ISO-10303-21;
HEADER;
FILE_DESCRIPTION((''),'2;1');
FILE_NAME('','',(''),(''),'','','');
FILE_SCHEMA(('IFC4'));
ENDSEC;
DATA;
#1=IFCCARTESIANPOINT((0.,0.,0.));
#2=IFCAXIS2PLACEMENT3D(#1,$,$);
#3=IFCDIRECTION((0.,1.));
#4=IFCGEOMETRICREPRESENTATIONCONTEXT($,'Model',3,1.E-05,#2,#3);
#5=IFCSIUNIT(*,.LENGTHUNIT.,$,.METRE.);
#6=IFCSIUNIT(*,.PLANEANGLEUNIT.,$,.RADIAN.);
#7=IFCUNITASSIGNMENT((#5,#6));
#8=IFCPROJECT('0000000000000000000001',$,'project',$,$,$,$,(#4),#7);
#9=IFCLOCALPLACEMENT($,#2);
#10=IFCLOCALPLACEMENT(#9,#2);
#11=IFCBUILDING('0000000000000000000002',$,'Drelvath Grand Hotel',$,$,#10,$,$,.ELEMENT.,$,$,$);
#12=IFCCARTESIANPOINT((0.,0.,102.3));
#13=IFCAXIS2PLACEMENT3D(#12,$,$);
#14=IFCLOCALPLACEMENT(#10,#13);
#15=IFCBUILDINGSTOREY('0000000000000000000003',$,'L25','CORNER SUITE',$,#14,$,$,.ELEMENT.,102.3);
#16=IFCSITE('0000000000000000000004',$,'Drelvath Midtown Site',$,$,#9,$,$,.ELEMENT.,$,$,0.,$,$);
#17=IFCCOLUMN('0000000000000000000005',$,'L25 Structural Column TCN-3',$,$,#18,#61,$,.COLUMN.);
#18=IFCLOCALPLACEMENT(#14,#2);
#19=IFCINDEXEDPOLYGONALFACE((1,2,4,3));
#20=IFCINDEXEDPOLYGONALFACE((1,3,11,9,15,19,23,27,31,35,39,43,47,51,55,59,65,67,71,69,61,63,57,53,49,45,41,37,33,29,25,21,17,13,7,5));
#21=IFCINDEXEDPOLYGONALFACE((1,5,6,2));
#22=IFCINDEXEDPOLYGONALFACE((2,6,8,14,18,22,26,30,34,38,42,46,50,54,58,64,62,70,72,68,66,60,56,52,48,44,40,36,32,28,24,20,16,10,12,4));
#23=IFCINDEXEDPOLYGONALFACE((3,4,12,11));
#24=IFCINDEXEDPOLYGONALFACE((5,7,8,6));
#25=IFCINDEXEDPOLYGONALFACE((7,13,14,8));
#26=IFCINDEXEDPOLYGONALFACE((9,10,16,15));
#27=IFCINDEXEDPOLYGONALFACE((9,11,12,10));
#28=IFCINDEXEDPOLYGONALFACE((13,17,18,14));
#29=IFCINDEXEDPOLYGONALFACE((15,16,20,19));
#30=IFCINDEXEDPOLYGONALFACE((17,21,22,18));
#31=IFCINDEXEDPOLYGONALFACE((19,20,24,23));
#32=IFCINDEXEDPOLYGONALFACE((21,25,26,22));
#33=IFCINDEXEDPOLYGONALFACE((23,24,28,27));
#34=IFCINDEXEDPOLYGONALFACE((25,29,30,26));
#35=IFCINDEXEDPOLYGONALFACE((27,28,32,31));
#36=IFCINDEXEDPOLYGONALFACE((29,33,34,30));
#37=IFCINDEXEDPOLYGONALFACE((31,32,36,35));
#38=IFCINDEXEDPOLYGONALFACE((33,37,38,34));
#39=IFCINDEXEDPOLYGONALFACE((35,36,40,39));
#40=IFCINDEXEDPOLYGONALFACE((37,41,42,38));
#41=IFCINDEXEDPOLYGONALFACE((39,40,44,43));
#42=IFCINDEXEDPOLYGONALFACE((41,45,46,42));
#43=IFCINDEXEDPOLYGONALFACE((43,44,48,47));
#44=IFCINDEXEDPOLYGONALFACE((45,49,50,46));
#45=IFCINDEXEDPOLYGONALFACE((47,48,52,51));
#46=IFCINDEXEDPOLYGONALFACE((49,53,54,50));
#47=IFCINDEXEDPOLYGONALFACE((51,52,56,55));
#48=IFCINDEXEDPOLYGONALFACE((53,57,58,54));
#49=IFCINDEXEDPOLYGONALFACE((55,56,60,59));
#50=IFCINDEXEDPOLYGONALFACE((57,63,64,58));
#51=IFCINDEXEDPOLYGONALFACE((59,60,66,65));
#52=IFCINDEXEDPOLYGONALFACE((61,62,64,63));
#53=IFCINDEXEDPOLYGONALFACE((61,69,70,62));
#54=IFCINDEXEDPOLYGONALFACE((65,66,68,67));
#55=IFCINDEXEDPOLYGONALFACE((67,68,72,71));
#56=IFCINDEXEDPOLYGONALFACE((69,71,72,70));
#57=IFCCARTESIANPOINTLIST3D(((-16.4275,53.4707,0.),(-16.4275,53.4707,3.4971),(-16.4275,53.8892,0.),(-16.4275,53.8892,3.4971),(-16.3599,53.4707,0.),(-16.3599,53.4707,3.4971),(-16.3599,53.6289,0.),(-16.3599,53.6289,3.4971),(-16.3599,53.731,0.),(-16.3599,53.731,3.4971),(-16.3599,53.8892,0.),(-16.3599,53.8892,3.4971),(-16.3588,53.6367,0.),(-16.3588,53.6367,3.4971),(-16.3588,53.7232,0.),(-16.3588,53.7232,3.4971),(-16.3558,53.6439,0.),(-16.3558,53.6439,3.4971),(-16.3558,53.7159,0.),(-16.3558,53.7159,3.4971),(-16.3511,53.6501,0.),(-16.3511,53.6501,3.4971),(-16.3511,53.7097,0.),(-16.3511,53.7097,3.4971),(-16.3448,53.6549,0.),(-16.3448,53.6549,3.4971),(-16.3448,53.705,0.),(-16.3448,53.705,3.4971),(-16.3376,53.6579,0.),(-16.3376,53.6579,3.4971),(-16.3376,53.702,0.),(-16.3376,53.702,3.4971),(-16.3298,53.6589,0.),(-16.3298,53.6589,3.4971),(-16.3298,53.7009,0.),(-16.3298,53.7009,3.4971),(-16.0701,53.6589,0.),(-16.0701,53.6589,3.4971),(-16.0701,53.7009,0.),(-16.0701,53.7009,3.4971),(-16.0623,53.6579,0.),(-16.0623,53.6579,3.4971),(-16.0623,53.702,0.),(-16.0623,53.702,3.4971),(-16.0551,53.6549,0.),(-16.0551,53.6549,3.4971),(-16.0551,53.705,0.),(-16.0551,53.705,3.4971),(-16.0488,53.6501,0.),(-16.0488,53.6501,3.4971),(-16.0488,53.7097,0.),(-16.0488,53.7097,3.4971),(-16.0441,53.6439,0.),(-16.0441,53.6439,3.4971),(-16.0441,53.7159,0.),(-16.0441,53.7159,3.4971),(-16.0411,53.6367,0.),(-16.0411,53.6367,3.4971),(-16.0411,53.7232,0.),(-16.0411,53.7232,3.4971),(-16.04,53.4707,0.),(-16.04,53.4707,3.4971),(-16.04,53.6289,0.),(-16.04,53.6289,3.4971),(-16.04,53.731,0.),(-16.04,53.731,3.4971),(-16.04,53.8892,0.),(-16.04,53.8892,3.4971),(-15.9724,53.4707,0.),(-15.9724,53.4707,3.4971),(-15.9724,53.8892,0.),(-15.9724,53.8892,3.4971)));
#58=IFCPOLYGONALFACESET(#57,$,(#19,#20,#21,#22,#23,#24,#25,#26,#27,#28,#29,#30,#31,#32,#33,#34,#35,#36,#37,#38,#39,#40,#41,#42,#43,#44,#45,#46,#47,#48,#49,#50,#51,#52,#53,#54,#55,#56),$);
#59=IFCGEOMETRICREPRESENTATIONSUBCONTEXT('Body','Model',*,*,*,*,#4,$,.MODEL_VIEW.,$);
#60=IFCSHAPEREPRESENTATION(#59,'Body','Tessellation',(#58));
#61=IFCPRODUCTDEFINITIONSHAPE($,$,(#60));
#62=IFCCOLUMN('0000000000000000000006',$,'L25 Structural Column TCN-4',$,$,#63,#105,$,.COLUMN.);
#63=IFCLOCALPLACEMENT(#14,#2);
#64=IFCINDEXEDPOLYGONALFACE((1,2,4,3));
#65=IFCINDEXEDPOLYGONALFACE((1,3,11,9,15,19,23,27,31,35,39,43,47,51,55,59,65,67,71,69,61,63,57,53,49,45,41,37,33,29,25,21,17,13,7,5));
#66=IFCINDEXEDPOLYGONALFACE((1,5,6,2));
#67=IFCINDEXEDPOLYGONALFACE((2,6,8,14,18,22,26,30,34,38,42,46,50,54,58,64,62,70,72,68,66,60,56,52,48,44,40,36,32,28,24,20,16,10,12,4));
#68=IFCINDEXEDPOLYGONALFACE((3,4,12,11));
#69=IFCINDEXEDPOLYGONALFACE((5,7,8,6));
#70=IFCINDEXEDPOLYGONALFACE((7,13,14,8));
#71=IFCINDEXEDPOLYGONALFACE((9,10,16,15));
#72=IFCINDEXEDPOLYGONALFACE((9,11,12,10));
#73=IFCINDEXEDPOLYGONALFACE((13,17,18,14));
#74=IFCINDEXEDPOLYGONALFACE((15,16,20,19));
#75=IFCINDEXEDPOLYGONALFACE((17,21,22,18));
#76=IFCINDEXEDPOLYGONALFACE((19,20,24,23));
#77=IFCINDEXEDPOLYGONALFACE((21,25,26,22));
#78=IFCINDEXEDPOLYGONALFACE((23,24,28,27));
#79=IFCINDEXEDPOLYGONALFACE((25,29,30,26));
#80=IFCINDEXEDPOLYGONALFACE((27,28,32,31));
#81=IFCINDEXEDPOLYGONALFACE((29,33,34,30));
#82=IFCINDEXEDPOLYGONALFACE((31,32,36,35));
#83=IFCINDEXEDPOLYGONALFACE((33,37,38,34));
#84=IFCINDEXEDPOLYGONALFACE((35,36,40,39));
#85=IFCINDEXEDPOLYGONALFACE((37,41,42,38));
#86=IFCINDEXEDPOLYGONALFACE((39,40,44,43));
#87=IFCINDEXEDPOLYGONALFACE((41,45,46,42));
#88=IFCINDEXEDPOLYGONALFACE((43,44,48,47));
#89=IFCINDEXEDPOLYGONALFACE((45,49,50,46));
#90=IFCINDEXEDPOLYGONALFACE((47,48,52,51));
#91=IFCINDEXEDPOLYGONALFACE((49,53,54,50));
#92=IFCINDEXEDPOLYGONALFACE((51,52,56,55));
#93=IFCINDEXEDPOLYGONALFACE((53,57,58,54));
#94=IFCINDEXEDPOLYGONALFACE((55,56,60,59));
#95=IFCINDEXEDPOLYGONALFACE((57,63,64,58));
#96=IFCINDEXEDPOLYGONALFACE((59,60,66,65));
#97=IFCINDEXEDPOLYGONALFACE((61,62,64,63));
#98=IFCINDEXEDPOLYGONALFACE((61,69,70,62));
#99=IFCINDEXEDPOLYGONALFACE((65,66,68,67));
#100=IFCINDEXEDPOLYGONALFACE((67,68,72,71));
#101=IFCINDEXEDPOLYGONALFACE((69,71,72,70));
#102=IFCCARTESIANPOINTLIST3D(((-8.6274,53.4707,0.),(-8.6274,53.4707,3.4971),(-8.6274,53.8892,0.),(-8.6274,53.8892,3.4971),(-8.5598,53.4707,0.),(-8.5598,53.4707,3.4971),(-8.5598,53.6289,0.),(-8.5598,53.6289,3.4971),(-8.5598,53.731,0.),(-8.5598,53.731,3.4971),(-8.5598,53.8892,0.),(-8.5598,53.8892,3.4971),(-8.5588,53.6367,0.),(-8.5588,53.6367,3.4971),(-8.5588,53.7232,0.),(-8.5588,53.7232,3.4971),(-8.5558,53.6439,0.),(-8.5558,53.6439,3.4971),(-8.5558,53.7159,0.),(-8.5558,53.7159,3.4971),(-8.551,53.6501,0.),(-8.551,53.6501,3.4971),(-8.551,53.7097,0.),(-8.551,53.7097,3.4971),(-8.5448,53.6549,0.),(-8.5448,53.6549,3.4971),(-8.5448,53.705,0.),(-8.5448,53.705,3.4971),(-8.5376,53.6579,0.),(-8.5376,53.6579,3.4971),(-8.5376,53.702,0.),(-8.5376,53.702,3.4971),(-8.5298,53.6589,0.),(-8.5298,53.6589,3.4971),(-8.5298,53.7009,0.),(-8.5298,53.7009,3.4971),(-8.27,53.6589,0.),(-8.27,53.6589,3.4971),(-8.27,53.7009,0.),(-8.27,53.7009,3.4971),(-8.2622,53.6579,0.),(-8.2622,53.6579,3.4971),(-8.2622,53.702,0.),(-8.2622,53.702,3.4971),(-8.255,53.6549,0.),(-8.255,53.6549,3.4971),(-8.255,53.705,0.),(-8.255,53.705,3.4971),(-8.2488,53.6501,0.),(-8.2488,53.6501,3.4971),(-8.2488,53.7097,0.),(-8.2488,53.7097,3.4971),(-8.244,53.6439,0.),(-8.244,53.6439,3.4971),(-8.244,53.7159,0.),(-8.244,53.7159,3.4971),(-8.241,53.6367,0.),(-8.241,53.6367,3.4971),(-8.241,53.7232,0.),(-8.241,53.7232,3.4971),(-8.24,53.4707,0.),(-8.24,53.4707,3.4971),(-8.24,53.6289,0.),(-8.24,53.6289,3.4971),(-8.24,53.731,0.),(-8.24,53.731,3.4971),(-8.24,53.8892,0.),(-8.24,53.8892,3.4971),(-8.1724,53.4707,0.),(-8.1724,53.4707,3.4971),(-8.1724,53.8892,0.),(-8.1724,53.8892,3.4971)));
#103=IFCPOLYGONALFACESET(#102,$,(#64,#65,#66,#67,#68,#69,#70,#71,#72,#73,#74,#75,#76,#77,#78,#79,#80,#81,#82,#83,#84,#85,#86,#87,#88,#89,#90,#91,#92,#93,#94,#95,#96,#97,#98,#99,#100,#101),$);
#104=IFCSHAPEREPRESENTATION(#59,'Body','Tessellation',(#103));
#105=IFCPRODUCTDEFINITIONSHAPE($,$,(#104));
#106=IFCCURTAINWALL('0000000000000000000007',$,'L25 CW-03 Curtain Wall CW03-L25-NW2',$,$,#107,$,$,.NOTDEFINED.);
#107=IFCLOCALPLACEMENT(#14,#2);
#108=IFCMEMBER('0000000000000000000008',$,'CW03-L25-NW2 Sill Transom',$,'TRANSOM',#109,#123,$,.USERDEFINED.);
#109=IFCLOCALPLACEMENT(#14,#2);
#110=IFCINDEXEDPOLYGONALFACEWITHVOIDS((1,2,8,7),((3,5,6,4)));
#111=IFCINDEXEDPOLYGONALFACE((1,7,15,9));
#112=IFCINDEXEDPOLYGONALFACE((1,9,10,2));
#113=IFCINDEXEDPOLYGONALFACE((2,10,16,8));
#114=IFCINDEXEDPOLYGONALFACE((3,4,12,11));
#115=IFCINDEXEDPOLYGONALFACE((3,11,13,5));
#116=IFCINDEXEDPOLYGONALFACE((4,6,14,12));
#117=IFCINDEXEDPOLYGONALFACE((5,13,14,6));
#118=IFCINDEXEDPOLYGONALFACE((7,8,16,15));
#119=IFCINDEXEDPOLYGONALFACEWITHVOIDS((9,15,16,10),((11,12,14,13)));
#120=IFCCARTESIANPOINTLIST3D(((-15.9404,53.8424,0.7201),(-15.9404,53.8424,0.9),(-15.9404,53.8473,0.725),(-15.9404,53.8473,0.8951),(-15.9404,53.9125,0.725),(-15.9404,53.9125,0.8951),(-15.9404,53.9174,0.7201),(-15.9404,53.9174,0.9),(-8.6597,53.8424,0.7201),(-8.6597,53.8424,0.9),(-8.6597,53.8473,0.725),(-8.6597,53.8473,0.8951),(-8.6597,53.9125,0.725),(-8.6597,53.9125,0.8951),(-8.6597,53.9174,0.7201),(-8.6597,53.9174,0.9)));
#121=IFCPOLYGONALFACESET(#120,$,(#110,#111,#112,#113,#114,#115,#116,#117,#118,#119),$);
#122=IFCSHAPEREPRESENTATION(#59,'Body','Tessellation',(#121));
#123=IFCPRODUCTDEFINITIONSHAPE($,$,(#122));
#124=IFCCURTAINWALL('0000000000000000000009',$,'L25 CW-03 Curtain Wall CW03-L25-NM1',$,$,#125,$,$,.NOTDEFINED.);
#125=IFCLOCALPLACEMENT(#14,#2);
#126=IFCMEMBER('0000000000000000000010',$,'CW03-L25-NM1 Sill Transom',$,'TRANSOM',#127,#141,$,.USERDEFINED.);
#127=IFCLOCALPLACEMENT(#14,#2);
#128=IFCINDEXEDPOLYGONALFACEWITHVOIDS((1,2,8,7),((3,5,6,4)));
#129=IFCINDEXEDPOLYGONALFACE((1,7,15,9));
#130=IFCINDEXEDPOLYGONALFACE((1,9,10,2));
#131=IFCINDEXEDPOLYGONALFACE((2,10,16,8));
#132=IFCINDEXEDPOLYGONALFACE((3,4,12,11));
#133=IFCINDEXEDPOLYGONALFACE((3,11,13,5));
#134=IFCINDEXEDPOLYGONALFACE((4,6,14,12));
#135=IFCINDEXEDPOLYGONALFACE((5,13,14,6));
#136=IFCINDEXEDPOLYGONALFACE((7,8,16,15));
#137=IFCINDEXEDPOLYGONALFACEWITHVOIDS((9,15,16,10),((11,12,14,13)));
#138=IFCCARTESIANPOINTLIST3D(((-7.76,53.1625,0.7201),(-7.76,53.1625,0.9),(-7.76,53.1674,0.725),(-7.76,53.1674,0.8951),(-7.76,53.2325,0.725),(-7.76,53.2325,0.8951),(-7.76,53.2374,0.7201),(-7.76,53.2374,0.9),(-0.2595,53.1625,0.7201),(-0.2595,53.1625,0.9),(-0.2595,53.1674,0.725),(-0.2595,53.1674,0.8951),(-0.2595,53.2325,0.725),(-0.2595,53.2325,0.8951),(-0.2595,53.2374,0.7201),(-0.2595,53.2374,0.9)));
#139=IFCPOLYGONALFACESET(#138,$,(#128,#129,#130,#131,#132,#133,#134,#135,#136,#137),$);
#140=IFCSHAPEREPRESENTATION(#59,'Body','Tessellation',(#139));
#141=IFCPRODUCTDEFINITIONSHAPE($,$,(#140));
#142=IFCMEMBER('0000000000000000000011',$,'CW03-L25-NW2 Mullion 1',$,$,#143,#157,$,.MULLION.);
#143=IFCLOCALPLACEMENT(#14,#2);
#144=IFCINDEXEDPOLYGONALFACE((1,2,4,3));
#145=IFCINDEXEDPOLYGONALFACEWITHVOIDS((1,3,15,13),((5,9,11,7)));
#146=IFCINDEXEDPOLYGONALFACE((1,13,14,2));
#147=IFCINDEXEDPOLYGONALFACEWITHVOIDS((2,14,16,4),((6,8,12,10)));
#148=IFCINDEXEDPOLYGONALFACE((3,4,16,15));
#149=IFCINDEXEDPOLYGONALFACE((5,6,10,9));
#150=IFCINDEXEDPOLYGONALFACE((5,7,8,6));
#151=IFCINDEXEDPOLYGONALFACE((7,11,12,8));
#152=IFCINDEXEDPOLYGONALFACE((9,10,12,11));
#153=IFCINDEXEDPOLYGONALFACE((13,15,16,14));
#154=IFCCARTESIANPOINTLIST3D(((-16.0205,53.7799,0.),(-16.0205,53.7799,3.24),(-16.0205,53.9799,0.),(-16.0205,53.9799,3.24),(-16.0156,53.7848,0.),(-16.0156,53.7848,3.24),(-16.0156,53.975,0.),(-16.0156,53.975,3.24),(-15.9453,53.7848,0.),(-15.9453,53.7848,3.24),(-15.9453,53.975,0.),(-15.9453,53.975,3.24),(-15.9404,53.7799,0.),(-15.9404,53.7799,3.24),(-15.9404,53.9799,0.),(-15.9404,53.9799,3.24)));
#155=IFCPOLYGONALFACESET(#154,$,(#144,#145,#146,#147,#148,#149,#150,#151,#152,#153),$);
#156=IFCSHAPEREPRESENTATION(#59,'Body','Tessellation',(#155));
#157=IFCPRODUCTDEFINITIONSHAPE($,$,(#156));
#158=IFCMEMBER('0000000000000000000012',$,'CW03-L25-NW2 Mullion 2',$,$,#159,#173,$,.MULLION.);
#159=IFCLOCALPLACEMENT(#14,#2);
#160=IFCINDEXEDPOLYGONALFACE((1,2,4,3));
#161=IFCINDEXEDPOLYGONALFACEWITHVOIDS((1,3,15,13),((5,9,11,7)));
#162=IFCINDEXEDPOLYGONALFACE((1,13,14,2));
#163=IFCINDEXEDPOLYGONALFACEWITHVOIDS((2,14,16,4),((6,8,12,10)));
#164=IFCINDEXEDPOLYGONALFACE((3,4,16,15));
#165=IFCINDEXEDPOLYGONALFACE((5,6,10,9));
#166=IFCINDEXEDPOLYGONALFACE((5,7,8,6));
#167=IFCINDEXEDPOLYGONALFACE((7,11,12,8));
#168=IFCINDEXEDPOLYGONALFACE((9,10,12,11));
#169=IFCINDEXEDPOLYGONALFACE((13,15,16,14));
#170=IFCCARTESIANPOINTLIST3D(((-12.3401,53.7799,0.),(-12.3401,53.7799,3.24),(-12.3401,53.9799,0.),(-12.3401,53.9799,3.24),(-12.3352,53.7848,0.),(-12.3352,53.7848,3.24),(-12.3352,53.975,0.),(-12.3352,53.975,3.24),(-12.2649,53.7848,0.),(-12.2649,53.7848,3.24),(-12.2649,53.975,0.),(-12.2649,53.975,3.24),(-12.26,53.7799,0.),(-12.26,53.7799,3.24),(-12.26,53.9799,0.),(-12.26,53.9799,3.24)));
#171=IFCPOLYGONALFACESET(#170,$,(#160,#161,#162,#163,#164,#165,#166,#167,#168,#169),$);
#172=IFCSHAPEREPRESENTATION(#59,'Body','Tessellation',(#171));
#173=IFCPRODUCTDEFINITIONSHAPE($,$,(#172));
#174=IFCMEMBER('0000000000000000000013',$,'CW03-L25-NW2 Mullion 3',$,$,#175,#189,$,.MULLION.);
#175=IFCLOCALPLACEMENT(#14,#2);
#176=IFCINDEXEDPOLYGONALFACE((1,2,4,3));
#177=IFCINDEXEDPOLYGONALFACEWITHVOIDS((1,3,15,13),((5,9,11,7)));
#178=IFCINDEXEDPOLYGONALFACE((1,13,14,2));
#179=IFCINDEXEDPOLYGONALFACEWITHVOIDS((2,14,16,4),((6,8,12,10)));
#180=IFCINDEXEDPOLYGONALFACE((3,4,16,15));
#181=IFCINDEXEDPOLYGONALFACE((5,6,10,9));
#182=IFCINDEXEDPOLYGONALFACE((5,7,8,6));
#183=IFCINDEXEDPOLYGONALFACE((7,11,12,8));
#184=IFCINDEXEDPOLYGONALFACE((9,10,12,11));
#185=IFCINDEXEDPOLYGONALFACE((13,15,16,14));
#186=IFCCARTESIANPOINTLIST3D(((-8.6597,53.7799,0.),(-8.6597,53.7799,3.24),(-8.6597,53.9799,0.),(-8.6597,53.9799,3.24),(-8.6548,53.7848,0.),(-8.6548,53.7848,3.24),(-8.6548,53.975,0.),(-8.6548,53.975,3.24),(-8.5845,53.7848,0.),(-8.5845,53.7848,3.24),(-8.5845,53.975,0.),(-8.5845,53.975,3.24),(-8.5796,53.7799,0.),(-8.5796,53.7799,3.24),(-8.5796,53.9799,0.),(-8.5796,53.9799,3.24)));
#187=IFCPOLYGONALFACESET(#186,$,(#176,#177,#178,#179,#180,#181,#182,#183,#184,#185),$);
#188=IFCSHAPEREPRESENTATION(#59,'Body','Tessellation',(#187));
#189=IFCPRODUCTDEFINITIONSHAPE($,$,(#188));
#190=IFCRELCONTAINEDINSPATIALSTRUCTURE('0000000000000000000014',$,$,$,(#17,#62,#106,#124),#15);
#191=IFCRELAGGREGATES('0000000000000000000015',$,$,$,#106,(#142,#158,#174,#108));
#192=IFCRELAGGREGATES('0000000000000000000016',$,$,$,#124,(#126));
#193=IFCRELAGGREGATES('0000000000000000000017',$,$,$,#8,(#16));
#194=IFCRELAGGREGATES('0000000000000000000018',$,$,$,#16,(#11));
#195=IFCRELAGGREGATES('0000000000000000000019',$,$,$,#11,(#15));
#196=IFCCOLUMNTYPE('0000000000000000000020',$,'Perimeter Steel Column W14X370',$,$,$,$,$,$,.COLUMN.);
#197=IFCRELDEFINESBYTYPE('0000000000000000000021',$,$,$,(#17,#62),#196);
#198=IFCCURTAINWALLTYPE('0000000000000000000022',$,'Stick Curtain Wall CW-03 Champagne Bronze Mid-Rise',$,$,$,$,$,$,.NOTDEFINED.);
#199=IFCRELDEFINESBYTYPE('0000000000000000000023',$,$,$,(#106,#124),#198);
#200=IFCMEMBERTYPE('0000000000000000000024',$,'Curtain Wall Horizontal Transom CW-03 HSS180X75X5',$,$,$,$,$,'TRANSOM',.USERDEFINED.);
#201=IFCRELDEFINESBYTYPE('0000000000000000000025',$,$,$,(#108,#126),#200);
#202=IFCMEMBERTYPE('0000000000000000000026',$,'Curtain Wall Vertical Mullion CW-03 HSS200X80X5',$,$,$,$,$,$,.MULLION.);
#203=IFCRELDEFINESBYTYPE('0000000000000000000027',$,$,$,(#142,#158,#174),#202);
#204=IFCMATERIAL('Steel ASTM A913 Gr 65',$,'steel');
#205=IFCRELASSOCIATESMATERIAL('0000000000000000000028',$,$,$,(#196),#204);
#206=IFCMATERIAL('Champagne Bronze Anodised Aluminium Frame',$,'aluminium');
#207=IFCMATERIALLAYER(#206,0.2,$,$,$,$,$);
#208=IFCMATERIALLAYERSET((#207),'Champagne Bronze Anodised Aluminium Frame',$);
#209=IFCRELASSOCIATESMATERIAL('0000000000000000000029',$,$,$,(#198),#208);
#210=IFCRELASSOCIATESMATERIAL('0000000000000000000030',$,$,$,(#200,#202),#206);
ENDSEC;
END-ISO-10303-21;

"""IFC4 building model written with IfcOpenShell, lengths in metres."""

from ifc_helpers import new_model, si_unit, direction, frame, origin, origin_2d, place, context, subcontext, project, spatial, hollow_rectangle, i_section, extrude, material, layer, layer_set, material_profile, profile_set, type_object, element, aggregate, save


model = new_model("IFC4")

# Units and contexts
model_context = context("Model", 3, precision=1e-05, world=origin(), true_north=direction((0.0, 1.0)))
body_context = subcontext(model_context, "Body", "Model", "MODEL_VIEW")
ifc_project = project(units=[si_unit("LENGTHUNIT", "METRE"), si_unit("PLANEANGLEUNIT", "RADIAN")], contexts=[model_context])

# Site, building, storey
site_placement = place(None, origin())
site = spatial("IfcSite", under=ifc_project, at=site_placement, Name="Drelvath Midtown Site", CompositionType="ELEMENT", RefElevation=0.0)
building_placement = place(site_placement, origin())
building = spatial("IfcBuilding", under=site, at=building_placement, Name="Drelvath Grand Hotel", CompositionType="ELEMENT")
storey_placement = place(building_placement, frame((0.0, 0.0, 102.3)))
storey = spatial("IfcBuildingStorey", under=building, at=storey_placement, Name="L25", Description="CORNER SUITE", CompositionType="ELEMENT", Elevation=102.3)

# Columns
ifc_material_1 = material(Name="Steel ASTM A913 Gr 65", Category="steel")
ifc_material_profile_1 = material_profile(ifc_material_1, i_section(OverallWidth=0.4185, OverallDepth=0.4551, WebThickness=0.042, FlangeThickness=0.0676, FilletRadius=0.03, at=origin_2d()), Name="W14X370")
ifc_profile_set_1 = profile_set([ifc_material_profile_1], Name="Steel ASTM A913 Gr 65")
column_type = type_object("IfcColumnType", Name="Perimeter Steel Column W14X370", PredefinedType="COLUMN", material=ifc_profile_set_1)
for number, where, z_axis, x_axis, name in (
    (1, (-16.2, 53.6799, 0.0), (0.0, 0.0, 1.0), (0.0, 1.0, 0.0), "L25 Structural Column TCN-3"),
    (2, (-8.3999, 53.6799, 0.0), (0.0, 0.0, 1.0), (0.0, 1.0, 0.0), "L25 Structural Column TCN-4"),
):
    element("IfcColumn", number, at=place(storey_placement, frame(where, z_axis=z_axis, x_axis=x_axis)), inside=storey, type_object=column_type, Name=name, PredefinedType="COLUMN", context=body_context, shape_type="SweptSolid", body=[
        extrude(i_section(OverallWidth=0.4185, OverallDepth=0.4551, WebThickness=0.042, FlangeThickness=0.0676, FilletRadius=0.03, at=origin_2d()), origin(), (0.0, 0.0, 1.0), 3.4971),
    ])

# Curtain walls, members
ifc_material_2 = material(Name="Champagne Bronze Anodised Aluminium Frame", Category="aluminium")
ifc_layer_1 = layer(ifc_material_2, 0.2)
ifc_layer_set_1 = layer_set([ifc_layer_1], Name="Champagne Bronze Anodised Aluminium Frame")
curtain_wall_type = type_object("IfcCurtainWallType", Name="Stick Curtain Wall CW-03 Champagne Bronze Mid-Rise", PredefinedType="NOTDEFINED", material=ifc_layer_set_1)
curtain_wall_1_placement = place(storey_placement, origin())
curtain_wall_1 = element("IfcCurtainWall", 3, at=curtain_wall_1_placement, inside=storey, type_object=curtain_wall_type, Name="L25 CW-03 Curtain Wall CW03-L25-NW2", PredefinedType="NOTDEFINED")
ifc_material_profile_2 = material_profile(ifc_material_2, hollow_rectangle(XDim=0.075, YDim=0.1799, WallThickness=0.0049, at=origin_2d()), Name="HSS180X75X5")
ifc_profile_set_2 = profile_set([ifc_material_profile_2], Name="Champagne Bronze Anodised Aluminium Frame")
member_type_1 = type_object("IfcMemberType", Name="Curtain Wall Horizontal Transom CW-03 HSS180X75X5", ElementType="TRANSOM", PredefinedType="USERDEFINED", material=ifc_profile_set_2)
member_1_placement = place(storey_placement, frame((-15.9404, 53.8799, 0.8101), z_axis=(1.0, 0.0, 0.0), x_axis=(0.0, 1.0, 0.0)))
member_1 = element("IfcMember", 4, at=member_1_placement, type_object=member_type_1, Name="CW03-L25-NW2 Sill Transom", ObjectType="TRANSOM", PredefinedType="USERDEFINED", context=body_context, shape_type="SweptSolid", body=[
    extrude(hollow_rectangle(XDim=0.075, YDim=0.1799, WallThickness=0.0049, at=origin_2d()), origin(), (0.0, 0.0, 1.0), 7.2808),
])
curtain_wall_2_placement = place(storey_placement, origin())
curtain_wall_2 = element("IfcCurtainWall", 5, at=curtain_wall_2_placement, inside=storey, type_object=curtain_wall_type, Name="L25 CW-03 Curtain Wall CW03-L25-NM1", PredefinedType="NOTDEFINED")
member_2_placement = place(storey_placement, frame((-7.76, 53.2, 0.8101), z_axis=(1.0, 0.0, 0.0), x_axis=(0.0, 1.0, 0.0)))
member_2 = element("IfcMember", 6, at=member_2_placement, type_object=member_type_1, Name="CW03-L25-NM1 Sill Transom", ObjectType="TRANSOM", PredefinedType="USERDEFINED", context=body_context, shape_type="SweptSolid", body=[
    extrude(hollow_rectangle(XDim=0.075, YDim=0.1799, WallThickness=0.0049, at=origin_2d()), origin(), (0.0, 0.0, 1.0), 7.5005),
])

# Members
ifc_material_profile_3 = material_profile(ifc_material_2, hollow_rectangle(XDim=0.0801, YDim=0.2, WallThickness=0.0049, at=origin_2d()), Name="HSS200X80X5")
ifc_profile_set_3 = profile_set([ifc_material_profile_3], Name="Champagne Bronze Anodised Aluminium Frame")
member_type_2 = type_object("IfcMemberType", Name="Curtain Wall Vertical Mullion CW-03 HSS200X80X5", PredefinedType="MULLION", material=ifc_profile_set_3)
member_3_placement = place(storey_placement, frame((-15.9805, 53.8799, 0.0), z_axis=(0.0, 0.0, 1.0), x_axis=(1.0, 0.0, 0.0)))
member_3 = element("IfcMember", 7, at=member_3_placement, type_object=member_type_2, Name="CW03-L25-NW2 Mullion 1", PredefinedType="MULLION", context=body_context, shape_type="SweptSolid", body=[
    extrude(hollow_rectangle(XDim=0.0801, YDim=0.2, WallThickness=0.0049, at=origin_2d()), origin(), (0.0, 0.0, 1.0), 3.24),
])
member_4_placement = place(storey_placement, frame((-12.3, 53.8799, 0.0), z_axis=(0.0, 0.0, 1.0), x_axis=(1.0, 0.0, 0.0)))
member_4 = element("IfcMember", 8, at=member_4_placement, type_object=member_type_2, Name="CW03-L25-NW2 Mullion 2", PredefinedType="MULLION", context=body_context, shape_type="SweptSolid", body=[
    extrude(hollow_rectangle(XDim=0.0801, YDim=0.2, WallThickness=0.0049, at=origin_2d()), origin(), (0.0, 0.0, 1.0), 3.24),
])
member_5_placement = place(storey_placement, frame((-8.6196, 53.8799, 0.0), z_axis=(0.0, 0.0, 1.0), x_axis=(1.0, 0.0, 0.0)))
member_5 = element("IfcMember", 9, at=member_5_placement, type_object=member_type_2, Name="CW03-L25-NW2 Mullion 3", PredefinedType="MULLION", context=body_context, shape_type="SweptSolid", body=[
    extrude(hollow_rectangle(XDim=0.0801, YDim=0.2, WallThickness=0.0049, at=origin_2d()), origin(), (0.0, 0.0, 1.0), 3.24),
])

aggregate(curtain_wall_1, [member_3, member_4, member_5, member_1])
aggregate(curtain_wall_2, [member_2])

save(model, "model.ifc")
